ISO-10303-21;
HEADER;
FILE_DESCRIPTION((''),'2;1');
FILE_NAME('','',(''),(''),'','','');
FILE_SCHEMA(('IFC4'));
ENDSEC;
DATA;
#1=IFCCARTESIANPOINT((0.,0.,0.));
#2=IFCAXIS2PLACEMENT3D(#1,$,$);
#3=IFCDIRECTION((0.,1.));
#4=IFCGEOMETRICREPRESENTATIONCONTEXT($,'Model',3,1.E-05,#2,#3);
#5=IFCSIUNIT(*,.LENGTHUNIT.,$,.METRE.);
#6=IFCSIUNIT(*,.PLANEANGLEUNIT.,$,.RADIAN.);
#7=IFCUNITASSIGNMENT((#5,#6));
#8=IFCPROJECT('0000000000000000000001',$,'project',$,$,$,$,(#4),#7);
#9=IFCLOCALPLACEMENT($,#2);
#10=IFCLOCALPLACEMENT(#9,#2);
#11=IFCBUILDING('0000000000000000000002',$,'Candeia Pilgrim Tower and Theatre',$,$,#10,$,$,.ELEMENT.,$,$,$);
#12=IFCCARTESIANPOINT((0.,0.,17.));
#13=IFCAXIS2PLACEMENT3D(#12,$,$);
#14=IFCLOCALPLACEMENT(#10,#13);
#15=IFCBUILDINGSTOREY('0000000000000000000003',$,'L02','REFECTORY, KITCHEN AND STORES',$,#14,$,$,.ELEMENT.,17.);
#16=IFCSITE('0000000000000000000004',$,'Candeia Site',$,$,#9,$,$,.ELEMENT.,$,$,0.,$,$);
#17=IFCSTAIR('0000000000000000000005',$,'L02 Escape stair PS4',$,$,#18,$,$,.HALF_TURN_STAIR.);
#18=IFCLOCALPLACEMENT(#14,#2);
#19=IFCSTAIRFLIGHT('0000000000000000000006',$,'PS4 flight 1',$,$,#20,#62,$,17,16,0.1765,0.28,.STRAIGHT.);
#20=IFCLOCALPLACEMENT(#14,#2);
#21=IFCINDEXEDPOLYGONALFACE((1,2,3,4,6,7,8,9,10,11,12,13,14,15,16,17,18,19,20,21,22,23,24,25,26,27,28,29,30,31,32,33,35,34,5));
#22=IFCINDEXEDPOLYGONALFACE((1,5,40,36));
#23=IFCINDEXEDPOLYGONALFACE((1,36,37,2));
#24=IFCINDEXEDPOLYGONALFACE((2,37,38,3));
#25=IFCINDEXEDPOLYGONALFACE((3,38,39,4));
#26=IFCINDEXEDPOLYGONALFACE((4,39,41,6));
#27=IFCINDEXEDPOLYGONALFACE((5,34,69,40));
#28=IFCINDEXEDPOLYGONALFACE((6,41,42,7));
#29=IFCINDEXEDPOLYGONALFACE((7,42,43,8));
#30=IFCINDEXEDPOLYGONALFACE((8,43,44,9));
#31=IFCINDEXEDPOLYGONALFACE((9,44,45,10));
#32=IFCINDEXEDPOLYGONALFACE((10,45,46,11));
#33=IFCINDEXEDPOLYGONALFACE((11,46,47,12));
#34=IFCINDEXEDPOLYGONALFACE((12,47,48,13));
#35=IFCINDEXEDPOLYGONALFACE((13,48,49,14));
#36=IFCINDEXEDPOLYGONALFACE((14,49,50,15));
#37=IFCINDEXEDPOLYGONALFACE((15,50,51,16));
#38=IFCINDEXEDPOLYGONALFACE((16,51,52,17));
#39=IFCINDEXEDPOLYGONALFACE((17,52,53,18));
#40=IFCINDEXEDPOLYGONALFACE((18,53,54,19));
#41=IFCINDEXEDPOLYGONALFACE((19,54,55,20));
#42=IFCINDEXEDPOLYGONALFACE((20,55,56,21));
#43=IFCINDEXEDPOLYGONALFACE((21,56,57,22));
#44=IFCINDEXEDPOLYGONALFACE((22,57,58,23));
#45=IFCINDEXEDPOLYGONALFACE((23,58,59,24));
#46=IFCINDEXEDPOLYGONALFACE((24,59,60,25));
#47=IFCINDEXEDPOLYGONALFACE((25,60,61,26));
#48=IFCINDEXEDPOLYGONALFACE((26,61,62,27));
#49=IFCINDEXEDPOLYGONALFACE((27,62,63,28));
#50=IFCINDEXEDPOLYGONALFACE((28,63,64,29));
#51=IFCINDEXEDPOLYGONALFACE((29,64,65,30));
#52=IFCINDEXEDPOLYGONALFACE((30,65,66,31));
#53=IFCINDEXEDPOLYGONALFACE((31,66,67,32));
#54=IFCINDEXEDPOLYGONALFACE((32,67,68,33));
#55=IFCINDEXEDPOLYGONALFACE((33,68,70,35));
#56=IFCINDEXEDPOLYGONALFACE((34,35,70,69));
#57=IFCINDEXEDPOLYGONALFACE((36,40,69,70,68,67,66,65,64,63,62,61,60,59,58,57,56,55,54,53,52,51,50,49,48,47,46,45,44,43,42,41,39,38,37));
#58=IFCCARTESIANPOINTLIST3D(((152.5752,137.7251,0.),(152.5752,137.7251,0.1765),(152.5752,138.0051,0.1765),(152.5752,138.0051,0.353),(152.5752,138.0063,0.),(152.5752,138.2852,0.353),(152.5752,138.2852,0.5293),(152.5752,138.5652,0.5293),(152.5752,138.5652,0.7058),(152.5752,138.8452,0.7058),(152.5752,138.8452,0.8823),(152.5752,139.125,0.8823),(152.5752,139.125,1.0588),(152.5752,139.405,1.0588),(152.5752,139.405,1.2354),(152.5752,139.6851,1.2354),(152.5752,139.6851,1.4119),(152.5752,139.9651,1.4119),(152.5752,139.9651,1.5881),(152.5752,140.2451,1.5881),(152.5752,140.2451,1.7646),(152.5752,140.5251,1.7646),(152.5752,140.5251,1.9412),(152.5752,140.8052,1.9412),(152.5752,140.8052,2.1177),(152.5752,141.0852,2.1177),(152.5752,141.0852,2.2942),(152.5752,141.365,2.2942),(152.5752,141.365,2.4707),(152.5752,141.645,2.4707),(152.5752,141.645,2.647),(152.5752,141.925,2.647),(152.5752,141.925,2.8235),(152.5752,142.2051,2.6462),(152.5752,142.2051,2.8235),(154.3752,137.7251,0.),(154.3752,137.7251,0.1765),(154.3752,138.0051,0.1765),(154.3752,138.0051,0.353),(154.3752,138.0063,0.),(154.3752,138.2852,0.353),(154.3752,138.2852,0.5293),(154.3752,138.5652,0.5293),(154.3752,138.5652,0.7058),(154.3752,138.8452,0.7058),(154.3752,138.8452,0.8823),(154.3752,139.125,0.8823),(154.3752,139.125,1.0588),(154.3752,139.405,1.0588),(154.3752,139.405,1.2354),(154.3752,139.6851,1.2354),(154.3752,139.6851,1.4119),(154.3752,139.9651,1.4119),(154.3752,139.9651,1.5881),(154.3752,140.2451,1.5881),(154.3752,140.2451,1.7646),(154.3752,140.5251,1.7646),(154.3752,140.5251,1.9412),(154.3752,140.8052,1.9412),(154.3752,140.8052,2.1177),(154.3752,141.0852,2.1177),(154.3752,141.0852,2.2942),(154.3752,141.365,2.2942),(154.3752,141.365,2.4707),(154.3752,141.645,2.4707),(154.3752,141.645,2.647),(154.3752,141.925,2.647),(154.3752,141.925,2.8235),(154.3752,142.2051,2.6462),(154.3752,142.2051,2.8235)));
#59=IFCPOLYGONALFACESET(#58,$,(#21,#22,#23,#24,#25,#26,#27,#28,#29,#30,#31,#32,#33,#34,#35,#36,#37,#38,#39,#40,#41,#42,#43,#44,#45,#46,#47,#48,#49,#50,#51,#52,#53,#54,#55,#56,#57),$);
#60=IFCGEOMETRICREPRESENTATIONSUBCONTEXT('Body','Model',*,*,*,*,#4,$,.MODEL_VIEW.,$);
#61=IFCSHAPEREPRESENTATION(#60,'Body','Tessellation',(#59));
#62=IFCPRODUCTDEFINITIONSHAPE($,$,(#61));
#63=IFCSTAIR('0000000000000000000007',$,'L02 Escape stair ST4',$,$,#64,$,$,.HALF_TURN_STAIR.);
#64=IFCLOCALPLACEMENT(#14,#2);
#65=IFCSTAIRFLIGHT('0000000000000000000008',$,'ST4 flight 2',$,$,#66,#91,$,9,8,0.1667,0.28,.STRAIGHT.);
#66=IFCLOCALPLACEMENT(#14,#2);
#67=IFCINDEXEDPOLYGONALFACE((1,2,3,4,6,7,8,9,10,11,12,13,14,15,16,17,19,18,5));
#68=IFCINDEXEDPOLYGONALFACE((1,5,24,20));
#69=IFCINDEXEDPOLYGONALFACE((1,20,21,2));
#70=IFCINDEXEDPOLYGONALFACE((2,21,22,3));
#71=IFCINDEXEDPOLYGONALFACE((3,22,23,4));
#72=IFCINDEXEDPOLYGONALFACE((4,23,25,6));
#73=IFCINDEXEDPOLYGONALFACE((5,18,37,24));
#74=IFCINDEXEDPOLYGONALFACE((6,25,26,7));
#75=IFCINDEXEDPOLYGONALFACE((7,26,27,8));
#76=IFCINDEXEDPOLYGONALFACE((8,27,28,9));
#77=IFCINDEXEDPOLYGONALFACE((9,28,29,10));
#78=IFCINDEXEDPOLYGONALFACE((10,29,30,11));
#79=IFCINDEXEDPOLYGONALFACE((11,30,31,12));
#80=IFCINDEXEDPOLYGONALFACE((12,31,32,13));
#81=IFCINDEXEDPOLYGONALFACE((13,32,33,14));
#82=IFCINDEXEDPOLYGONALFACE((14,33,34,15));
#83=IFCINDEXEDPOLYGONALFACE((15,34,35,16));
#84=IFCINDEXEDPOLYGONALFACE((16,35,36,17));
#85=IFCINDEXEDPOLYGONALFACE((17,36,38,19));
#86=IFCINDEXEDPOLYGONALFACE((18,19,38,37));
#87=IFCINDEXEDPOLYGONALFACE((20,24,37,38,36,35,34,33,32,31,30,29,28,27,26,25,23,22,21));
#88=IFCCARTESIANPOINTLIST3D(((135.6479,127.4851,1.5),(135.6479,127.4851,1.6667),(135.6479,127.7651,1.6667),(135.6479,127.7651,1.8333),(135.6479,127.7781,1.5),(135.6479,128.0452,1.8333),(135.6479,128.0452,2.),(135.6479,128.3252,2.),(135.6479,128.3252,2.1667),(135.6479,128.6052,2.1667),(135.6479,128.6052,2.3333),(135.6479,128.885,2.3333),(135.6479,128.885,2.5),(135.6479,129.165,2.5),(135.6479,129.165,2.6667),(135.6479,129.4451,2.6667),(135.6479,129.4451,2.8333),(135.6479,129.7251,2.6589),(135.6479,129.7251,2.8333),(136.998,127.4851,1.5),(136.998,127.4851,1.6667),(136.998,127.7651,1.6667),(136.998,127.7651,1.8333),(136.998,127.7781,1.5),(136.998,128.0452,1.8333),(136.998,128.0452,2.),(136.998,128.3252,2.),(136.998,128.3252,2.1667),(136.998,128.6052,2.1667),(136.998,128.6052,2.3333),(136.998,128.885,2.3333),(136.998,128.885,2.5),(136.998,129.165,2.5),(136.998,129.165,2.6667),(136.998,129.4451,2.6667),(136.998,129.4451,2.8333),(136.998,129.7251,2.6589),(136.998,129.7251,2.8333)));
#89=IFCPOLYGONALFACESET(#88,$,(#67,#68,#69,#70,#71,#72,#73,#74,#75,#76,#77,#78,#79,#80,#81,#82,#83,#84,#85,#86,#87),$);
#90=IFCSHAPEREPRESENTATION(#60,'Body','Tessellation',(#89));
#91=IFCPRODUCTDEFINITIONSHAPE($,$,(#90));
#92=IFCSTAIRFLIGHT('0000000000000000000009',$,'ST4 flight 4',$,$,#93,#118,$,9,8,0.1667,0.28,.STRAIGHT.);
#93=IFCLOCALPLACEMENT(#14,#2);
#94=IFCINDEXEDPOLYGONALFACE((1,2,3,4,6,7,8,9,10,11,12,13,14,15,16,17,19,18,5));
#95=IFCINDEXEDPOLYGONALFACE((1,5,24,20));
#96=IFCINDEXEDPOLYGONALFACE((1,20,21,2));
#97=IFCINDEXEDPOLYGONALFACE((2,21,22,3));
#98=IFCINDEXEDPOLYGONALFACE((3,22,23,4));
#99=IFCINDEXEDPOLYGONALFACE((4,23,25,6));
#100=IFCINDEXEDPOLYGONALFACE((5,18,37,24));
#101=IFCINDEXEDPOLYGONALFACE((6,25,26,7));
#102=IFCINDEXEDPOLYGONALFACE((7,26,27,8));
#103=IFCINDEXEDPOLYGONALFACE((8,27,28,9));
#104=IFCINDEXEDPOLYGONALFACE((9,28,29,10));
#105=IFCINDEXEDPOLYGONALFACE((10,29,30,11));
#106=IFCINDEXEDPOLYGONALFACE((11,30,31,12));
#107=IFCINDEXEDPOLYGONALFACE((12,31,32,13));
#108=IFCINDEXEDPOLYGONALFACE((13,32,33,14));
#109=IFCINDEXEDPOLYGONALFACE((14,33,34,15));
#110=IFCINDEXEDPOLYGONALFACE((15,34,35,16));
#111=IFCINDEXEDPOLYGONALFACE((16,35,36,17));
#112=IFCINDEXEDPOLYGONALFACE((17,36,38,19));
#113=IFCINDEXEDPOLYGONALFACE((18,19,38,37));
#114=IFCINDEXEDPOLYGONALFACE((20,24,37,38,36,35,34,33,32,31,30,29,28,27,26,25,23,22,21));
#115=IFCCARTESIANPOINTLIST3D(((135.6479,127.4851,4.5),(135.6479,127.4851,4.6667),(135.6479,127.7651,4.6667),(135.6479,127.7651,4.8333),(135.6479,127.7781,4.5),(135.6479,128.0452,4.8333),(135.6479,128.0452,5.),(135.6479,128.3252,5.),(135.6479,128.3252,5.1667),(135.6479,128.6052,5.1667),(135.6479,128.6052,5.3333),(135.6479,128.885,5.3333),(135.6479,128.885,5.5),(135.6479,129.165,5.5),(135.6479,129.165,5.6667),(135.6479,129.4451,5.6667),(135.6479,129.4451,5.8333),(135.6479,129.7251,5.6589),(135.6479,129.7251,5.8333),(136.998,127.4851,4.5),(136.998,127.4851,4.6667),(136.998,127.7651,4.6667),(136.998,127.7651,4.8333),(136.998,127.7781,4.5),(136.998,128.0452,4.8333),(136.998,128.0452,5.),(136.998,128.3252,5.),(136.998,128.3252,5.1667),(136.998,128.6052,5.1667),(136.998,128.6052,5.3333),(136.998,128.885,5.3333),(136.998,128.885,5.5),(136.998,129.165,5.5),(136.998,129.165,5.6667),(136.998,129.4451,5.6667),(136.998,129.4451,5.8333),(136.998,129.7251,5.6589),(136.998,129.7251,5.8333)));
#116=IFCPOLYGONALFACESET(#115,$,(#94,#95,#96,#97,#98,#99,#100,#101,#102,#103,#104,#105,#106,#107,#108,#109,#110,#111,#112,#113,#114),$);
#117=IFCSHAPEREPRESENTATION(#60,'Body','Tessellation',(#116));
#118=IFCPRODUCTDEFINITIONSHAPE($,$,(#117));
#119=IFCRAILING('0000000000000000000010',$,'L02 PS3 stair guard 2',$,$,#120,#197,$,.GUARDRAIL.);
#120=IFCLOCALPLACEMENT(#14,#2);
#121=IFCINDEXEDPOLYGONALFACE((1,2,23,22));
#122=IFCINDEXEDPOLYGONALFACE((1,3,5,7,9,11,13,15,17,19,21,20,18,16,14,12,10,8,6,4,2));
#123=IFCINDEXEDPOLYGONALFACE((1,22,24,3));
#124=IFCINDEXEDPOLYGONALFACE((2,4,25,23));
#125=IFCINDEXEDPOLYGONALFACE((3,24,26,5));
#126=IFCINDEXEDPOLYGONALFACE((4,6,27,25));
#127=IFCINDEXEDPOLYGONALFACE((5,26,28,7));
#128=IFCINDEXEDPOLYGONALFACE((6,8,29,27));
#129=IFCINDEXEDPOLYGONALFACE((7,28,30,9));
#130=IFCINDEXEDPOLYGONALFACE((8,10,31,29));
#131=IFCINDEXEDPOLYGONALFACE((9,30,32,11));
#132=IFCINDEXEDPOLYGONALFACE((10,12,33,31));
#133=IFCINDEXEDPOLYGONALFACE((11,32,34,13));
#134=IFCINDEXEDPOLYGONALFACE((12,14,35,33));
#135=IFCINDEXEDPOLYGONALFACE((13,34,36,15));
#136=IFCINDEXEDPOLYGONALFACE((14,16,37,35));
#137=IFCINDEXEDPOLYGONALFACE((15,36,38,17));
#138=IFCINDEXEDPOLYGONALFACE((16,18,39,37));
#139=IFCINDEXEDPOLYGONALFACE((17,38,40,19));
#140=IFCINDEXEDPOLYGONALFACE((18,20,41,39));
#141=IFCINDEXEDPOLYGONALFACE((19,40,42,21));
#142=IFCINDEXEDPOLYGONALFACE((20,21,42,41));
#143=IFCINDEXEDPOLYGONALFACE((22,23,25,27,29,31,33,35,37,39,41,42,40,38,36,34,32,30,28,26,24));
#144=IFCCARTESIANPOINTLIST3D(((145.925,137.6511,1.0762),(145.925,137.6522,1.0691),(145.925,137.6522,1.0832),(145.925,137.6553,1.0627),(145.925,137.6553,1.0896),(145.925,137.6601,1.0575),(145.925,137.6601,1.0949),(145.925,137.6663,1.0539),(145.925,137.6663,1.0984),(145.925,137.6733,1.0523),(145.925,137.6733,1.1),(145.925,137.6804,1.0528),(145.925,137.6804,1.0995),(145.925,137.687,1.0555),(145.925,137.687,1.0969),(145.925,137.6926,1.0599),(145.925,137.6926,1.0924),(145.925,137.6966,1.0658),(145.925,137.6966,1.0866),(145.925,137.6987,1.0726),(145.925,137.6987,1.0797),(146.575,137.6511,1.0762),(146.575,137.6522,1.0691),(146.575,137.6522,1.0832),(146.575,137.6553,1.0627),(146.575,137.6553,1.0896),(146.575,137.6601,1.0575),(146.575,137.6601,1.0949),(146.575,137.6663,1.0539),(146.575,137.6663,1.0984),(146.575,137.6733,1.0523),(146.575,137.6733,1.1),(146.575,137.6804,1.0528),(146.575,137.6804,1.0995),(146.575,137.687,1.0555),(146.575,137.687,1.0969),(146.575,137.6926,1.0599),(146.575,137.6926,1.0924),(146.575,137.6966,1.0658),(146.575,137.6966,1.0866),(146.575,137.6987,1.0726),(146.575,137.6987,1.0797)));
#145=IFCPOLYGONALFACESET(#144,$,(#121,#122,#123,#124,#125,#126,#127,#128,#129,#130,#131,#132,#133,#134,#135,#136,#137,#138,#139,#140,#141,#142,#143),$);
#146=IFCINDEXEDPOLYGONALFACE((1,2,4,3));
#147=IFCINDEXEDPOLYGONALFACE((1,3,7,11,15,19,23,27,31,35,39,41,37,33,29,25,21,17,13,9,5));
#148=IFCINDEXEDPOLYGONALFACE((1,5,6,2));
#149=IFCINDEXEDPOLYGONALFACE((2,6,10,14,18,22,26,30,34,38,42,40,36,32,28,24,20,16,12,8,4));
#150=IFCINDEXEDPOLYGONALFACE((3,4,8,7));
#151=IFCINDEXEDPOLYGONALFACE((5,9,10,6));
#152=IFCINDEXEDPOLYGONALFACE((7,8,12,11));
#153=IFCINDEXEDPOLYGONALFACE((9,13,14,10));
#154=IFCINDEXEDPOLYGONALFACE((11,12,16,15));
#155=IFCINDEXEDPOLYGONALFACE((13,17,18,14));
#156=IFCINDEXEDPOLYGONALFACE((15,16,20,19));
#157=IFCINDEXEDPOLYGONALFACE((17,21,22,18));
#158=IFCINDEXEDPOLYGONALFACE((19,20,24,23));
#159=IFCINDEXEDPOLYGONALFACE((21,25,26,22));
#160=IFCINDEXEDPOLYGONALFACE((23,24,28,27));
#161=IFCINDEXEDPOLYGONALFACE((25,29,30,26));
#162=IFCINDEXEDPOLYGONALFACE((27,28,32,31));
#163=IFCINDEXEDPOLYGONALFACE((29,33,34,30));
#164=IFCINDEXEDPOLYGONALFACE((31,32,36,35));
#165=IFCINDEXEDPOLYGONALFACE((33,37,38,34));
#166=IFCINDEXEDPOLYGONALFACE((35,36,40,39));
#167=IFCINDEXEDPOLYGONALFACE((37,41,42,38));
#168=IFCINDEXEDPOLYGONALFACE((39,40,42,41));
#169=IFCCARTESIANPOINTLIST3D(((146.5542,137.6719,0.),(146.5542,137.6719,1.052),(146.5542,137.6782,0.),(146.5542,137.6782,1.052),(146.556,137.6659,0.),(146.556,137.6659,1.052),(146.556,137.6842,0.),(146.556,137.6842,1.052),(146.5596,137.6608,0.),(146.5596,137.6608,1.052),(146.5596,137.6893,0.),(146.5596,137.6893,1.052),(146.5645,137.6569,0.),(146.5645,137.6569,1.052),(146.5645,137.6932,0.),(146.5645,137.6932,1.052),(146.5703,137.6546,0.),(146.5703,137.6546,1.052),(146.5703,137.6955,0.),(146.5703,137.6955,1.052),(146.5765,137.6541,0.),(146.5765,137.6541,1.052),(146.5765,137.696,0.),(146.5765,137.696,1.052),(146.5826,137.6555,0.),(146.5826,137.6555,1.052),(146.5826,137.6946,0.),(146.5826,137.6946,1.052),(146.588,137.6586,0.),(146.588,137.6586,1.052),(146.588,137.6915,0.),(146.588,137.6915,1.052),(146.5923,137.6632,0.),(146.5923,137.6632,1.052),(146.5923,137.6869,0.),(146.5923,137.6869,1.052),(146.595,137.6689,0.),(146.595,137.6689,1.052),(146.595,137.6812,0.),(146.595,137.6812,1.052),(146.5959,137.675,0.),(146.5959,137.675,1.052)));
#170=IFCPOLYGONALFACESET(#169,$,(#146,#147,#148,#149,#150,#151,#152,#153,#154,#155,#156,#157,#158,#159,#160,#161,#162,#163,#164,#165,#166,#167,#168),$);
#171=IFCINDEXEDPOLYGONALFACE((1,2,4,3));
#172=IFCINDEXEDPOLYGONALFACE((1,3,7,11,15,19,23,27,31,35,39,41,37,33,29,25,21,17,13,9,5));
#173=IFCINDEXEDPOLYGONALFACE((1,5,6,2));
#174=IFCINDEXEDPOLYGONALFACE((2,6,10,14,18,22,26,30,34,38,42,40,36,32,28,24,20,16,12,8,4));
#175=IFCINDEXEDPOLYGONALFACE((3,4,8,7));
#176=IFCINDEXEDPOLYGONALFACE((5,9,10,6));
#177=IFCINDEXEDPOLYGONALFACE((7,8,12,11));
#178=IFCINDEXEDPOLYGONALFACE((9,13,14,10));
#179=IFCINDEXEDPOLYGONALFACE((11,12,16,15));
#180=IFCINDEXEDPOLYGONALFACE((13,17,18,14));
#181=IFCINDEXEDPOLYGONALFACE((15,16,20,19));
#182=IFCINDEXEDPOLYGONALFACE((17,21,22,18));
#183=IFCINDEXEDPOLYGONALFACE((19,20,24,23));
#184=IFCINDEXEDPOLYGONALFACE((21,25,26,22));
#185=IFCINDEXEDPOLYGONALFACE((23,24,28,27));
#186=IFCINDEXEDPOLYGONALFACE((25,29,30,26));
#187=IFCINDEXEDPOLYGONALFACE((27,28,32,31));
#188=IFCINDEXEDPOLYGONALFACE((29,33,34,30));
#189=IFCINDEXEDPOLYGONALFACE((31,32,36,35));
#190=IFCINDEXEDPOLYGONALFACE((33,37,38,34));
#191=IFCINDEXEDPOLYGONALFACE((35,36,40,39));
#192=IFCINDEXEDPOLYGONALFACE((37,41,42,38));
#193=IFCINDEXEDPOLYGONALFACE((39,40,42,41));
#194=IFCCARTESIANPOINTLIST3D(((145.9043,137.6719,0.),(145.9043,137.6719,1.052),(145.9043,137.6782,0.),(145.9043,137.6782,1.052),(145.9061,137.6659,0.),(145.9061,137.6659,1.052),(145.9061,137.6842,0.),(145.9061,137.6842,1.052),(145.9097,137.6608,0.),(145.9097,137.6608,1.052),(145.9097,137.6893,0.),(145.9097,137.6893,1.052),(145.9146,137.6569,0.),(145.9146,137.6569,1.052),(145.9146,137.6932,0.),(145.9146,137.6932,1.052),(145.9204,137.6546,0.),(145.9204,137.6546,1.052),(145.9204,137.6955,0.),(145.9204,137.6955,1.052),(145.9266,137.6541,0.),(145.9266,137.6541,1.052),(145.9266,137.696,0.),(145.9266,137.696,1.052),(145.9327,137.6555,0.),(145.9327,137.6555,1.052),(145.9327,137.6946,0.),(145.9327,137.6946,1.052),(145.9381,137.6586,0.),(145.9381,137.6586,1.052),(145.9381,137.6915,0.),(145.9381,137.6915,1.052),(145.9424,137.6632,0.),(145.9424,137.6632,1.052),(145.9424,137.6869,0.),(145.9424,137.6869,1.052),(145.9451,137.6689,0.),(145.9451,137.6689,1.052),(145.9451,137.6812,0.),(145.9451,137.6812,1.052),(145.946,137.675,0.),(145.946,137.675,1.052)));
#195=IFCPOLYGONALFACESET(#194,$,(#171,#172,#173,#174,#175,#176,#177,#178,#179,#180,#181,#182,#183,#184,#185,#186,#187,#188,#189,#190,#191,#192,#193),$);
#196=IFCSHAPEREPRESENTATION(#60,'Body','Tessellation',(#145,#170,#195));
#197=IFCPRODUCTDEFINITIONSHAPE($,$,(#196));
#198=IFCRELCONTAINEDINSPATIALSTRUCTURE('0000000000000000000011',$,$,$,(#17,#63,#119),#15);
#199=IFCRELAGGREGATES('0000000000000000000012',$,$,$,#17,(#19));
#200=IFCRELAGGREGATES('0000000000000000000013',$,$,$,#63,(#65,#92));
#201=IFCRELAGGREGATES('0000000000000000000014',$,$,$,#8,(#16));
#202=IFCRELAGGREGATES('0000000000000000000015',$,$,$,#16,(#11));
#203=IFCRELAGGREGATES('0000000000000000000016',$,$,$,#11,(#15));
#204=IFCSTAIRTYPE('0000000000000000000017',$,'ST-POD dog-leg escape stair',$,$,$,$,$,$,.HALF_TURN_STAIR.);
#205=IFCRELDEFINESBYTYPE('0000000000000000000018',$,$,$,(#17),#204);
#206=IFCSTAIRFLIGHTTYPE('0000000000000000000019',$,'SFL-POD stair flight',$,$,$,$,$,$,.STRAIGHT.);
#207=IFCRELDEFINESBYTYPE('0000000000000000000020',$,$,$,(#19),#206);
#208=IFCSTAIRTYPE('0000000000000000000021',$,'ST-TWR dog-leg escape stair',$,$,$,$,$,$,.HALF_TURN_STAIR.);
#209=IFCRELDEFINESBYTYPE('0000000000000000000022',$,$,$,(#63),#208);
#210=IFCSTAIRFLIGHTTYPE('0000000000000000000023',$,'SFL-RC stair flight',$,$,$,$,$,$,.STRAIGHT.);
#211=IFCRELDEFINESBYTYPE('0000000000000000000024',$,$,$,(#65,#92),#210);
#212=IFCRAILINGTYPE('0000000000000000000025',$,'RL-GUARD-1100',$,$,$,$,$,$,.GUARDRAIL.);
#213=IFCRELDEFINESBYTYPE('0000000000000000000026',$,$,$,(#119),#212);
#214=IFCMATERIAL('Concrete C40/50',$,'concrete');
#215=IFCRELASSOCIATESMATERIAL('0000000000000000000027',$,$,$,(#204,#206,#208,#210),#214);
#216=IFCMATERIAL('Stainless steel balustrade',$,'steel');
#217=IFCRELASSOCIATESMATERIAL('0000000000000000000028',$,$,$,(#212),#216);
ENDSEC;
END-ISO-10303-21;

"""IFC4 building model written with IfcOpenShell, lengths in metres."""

from ifc_helpers import new_model, si_unit, direction, frame, origin, origin_2d, place, context, subcontext, project, spatial, polyline, circle, outline, extrude, material, type_object, element, aggregate, save


model = new_model("IFC4")

# Units and contexts
model_context = context("Model", 3, precision=1e-05, world=origin(), true_north=direction((0.0, 1.0)))
body_context = subcontext(model_context, "Body", "Model", "MODEL_VIEW")
ifc_project = project(units=[si_unit("LENGTHUNIT", "METRE"), si_unit("PLANEANGLEUNIT", "RADIAN")], contexts=[model_context])

# Site, building, storey
site_placement = place(None, origin())
site = spatial("IfcSite", under=ifc_project, at=site_placement, Name="Candeia Site", CompositionType="ELEMENT", RefElevation=0.0)
building_placement = place(site_placement, origin())
building = spatial("IfcBuilding", under=site, at=building_placement, Name="Candeia Pilgrim Tower and Theatre", CompositionType="ELEMENT")
storey_placement = place(building_placement, frame((0.0, 0.0, 17.0)))
storey = spatial("IfcBuildingStorey", under=building, at=storey_placement, Name="L02", Description="REFECTORY, KITCHEN AND STORES", CompositionType="ELEMENT", Elevation=17.0)

# Shared definitions
ifc_material_1 = material(Name="Concrete C40/50", Category="concrete")

# Stair, stair flight
stair_type_1 = type_object("IfcStairType", Name="ST-POD dog-leg escape stair", PredefinedType="HALF_TURN_STAIR", material=ifc_material_1)
stair_flight_type_1 = type_object("IfcStairFlightType", Name="SFL-POD stair flight", PredefinedType="STRAIGHT", material=ifc_material_1)
stair_1_placement = place(storey_placement, origin())
stair_1 = element("IfcStair", 1, at=stair_1_placement, inside=storey, type_object=stair_type_1, Name="L02 Escape stair PS4", PredefinedType="HALF_TURN_STAIR")
stair_flight_1_placement = place(storey_placement, frame((153.4751, 137.7251, 0.0), z_axis=(0.0, 0.0, 1.0), x_axis=(0.0, 1.0, 0.0)))
stair_flight_1 = element("IfcStairFlight", 2, at=stair_flight_1_placement, type_object=stair_flight_type_1, Name="PS4 flight 1", NumberOfRisers=17, NumberOfTreads=16, PredefinedType="STRAIGHT", RiserHeight=0.1765, TreadLength=0.28, context=body_context, shape_type="SweptSolid", body=[
    extrude(outline(polyline([(0.0, 0.0), (0.0, 0.1765), (0.28, 0.1765), (0.28, 0.353), (0.5601, 0.353), (0.5601, 0.5293), (0.8401, 0.5293), (0.8401, 0.7058), (1.1201, 0.7058), (1.1201, 0.8823), (1.3999, 0.8823), (1.3999, 1.0588), (1.6799, 1.0588), (1.6799, 1.2354), (1.96, 1.2354), (1.96, 1.4119), (2.24, 1.4119), (2.24, 1.5881), (2.52, 1.5881), (2.52, 1.7646), (2.8, 1.7646), (2.8, 1.9412), (3.0801, 1.9412), (3.0801, 2.1177), (3.3601, 2.1177), (3.3601, 2.2942), (3.6399, 2.2942), (3.6399, 2.4707), (3.9199, 2.4707), (3.9199, 2.647), (4.2, 2.647), (4.2, 2.8235), (4.48, 2.8235), (4.48, 3.0), (4.48, 2.6462), (0.2812, 0.0), (0.0, 0.0)])), frame((0.0, 0.8999, 0.0), z_axis=(0.0, -1.0, 0.0), x_axis=(1.0, 0.0, 0.0)), (0.0, 0.0, 1.0), 1.8),
])
aggregate(stair_1, [stair_flight_1])

# Stair, stair flights
stair_type_2 = type_object("IfcStairType", Name="ST-TWR dog-leg escape stair", PredefinedType="HALF_TURN_STAIR", material=ifc_material_1)
stair_2_placement = place(storey_placement, origin())
stair_2 = element("IfcStair", 3, at=stair_2_placement, inside=storey, type_object=stair_type_2, Name="L02 Escape stair ST4", PredefinedType="HALF_TURN_STAIR")
stair_flight_type_2 = type_object("IfcStairFlightType", Name="SFL-RC stair flight", PredefinedType="STRAIGHT", material=ifc_material_1)
stair_flight_2_placement = place(storey_placement, frame((136.323, 127.4851, 1.5), z_axis=(0.0, 0.0, 1.0), x_axis=(0.0, 1.0, 0.0)))
stair_flight_2 = element("IfcStairFlight", 4, at=stair_flight_2_placement, type_object=stair_flight_type_2, Name="ST4 flight 2", NumberOfRisers=9, NumberOfTreads=8, PredefinedType="STRAIGHT", RiserHeight=0.1667, TreadLength=0.28, context=body_context, shape_type="SweptSolid", body=[
    extrude(outline(polyline([(0.0, 0.0), (0.0, 0.1667), (0.28, 0.1667), (0.28, 0.3333), (0.5601, 0.3333), (0.5601, 0.5), (0.8401, 0.5), (0.8401, 0.6667), (1.1201, 0.6667), (1.1201, 0.8333), (1.3999, 0.8333), (1.3999, 1.0), (1.6799, 1.0), (1.6799, 1.1667), (1.96, 1.1667), (1.96, 1.3333), (2.24, 1.3333), (2.24, 1.5), (2.24, 1.1589), (0.293, 0.0), (0.0, 0.0)])), frame((0.0, 0.675, 0.0), z_axis=(0.0, -1.0, 0.0), x_axis=(1.0, 0.0, 0.0)), (0.0, 0.0, 1.0), 1.3501),
])
stair_flight_3_placement = place(storey_placement, frame((136.323, 127.4851, 4.5), z_axis=(0.0, 0.0, 1.0), x_axis=(0.0, 1.0, 0.0)))
stair_flight_3 = element("IfcStairFlight", 5, at=stair_flight_3_placement, type_object=stair_flight_type_2, Name="ST4 flight 4", NumberOfRisers=9, NumberOfTreads=8, PredefinedType="STRAIGHT", RiserHeight=0.1667, TreadLength=0.28, context=body_context, shape_type="SweptSolid", body=[
    extrude(outline(polyline([(0.0, 0.0), (0.0, 0.1667), (0.28, 0.1667), (0.28, 0.3333), (0.5601, 0.3333), (0.5601, 0.5), (0.8401, 0.5), (0.8401, 0.6667), (1.1201, 0.6667), (1.1201, 0.8333), (1.3999, 0.8333), (1.3999, 1.0), (1.6799, 1.0), (1.6799, 1.1667), (1.96, 1.1667), (1.96, 1.3333), (2.24, 1.3333), (2.24, 1.5), (2.24, 1.1589), (0.293, 0.0), (0.0, 0.0)])), frame((0.0, 0.675, 0.0), z_axis=(0.0, -1.0, 0.0), x_axis=(1.0, 0.0, 0.0)), (0.0, 0.0, 1.0), 1.3501),
])
aggregate(stair_2, [stair_flight_2, stair_flight_3])

# Railing
ifc_material_2 = material(Name="Stainless steel balustrade", Category="steel")
railing_type_1 = type_object("IfcRailingType", Name="RL-GUARD-1100", PredefinedType="GUARDRAIL", material=ifc_material_2)
railing_1_placement = place(storey_placement, frame((146.575, 137.675, 0.0)))
element("IfcRailing", 6, at=railing_1_placement, inside=storey, type_object=railing_type_1, Name="L02 PS3 stair guard 2", PredefinedType="GUARDRAIL", context=body_context, shape_type="SweptSolid", body=[
    extrude(circle(Radius=0.0239, at=origin_2d()), frame((0.0, 0.0, 1.0762), z_axis=(-1.0, 0.0, 0.0), x_axis=(0.0, -1.0, 0.0)), (0.0, 0.0, 1.0), 0.6499),
    extrude(circle(Radius=0.021, at=origin_2d()), origin(), (0.0, 0.0, 1.0), 1.052),
    extrude(circle(Radius=0.021, at=origin_2d()), frame((-0.6499, 0.0, 0.0)), (0.0, 0.0, 1.0), 1.052),
])

save(model, "model.ifc")
